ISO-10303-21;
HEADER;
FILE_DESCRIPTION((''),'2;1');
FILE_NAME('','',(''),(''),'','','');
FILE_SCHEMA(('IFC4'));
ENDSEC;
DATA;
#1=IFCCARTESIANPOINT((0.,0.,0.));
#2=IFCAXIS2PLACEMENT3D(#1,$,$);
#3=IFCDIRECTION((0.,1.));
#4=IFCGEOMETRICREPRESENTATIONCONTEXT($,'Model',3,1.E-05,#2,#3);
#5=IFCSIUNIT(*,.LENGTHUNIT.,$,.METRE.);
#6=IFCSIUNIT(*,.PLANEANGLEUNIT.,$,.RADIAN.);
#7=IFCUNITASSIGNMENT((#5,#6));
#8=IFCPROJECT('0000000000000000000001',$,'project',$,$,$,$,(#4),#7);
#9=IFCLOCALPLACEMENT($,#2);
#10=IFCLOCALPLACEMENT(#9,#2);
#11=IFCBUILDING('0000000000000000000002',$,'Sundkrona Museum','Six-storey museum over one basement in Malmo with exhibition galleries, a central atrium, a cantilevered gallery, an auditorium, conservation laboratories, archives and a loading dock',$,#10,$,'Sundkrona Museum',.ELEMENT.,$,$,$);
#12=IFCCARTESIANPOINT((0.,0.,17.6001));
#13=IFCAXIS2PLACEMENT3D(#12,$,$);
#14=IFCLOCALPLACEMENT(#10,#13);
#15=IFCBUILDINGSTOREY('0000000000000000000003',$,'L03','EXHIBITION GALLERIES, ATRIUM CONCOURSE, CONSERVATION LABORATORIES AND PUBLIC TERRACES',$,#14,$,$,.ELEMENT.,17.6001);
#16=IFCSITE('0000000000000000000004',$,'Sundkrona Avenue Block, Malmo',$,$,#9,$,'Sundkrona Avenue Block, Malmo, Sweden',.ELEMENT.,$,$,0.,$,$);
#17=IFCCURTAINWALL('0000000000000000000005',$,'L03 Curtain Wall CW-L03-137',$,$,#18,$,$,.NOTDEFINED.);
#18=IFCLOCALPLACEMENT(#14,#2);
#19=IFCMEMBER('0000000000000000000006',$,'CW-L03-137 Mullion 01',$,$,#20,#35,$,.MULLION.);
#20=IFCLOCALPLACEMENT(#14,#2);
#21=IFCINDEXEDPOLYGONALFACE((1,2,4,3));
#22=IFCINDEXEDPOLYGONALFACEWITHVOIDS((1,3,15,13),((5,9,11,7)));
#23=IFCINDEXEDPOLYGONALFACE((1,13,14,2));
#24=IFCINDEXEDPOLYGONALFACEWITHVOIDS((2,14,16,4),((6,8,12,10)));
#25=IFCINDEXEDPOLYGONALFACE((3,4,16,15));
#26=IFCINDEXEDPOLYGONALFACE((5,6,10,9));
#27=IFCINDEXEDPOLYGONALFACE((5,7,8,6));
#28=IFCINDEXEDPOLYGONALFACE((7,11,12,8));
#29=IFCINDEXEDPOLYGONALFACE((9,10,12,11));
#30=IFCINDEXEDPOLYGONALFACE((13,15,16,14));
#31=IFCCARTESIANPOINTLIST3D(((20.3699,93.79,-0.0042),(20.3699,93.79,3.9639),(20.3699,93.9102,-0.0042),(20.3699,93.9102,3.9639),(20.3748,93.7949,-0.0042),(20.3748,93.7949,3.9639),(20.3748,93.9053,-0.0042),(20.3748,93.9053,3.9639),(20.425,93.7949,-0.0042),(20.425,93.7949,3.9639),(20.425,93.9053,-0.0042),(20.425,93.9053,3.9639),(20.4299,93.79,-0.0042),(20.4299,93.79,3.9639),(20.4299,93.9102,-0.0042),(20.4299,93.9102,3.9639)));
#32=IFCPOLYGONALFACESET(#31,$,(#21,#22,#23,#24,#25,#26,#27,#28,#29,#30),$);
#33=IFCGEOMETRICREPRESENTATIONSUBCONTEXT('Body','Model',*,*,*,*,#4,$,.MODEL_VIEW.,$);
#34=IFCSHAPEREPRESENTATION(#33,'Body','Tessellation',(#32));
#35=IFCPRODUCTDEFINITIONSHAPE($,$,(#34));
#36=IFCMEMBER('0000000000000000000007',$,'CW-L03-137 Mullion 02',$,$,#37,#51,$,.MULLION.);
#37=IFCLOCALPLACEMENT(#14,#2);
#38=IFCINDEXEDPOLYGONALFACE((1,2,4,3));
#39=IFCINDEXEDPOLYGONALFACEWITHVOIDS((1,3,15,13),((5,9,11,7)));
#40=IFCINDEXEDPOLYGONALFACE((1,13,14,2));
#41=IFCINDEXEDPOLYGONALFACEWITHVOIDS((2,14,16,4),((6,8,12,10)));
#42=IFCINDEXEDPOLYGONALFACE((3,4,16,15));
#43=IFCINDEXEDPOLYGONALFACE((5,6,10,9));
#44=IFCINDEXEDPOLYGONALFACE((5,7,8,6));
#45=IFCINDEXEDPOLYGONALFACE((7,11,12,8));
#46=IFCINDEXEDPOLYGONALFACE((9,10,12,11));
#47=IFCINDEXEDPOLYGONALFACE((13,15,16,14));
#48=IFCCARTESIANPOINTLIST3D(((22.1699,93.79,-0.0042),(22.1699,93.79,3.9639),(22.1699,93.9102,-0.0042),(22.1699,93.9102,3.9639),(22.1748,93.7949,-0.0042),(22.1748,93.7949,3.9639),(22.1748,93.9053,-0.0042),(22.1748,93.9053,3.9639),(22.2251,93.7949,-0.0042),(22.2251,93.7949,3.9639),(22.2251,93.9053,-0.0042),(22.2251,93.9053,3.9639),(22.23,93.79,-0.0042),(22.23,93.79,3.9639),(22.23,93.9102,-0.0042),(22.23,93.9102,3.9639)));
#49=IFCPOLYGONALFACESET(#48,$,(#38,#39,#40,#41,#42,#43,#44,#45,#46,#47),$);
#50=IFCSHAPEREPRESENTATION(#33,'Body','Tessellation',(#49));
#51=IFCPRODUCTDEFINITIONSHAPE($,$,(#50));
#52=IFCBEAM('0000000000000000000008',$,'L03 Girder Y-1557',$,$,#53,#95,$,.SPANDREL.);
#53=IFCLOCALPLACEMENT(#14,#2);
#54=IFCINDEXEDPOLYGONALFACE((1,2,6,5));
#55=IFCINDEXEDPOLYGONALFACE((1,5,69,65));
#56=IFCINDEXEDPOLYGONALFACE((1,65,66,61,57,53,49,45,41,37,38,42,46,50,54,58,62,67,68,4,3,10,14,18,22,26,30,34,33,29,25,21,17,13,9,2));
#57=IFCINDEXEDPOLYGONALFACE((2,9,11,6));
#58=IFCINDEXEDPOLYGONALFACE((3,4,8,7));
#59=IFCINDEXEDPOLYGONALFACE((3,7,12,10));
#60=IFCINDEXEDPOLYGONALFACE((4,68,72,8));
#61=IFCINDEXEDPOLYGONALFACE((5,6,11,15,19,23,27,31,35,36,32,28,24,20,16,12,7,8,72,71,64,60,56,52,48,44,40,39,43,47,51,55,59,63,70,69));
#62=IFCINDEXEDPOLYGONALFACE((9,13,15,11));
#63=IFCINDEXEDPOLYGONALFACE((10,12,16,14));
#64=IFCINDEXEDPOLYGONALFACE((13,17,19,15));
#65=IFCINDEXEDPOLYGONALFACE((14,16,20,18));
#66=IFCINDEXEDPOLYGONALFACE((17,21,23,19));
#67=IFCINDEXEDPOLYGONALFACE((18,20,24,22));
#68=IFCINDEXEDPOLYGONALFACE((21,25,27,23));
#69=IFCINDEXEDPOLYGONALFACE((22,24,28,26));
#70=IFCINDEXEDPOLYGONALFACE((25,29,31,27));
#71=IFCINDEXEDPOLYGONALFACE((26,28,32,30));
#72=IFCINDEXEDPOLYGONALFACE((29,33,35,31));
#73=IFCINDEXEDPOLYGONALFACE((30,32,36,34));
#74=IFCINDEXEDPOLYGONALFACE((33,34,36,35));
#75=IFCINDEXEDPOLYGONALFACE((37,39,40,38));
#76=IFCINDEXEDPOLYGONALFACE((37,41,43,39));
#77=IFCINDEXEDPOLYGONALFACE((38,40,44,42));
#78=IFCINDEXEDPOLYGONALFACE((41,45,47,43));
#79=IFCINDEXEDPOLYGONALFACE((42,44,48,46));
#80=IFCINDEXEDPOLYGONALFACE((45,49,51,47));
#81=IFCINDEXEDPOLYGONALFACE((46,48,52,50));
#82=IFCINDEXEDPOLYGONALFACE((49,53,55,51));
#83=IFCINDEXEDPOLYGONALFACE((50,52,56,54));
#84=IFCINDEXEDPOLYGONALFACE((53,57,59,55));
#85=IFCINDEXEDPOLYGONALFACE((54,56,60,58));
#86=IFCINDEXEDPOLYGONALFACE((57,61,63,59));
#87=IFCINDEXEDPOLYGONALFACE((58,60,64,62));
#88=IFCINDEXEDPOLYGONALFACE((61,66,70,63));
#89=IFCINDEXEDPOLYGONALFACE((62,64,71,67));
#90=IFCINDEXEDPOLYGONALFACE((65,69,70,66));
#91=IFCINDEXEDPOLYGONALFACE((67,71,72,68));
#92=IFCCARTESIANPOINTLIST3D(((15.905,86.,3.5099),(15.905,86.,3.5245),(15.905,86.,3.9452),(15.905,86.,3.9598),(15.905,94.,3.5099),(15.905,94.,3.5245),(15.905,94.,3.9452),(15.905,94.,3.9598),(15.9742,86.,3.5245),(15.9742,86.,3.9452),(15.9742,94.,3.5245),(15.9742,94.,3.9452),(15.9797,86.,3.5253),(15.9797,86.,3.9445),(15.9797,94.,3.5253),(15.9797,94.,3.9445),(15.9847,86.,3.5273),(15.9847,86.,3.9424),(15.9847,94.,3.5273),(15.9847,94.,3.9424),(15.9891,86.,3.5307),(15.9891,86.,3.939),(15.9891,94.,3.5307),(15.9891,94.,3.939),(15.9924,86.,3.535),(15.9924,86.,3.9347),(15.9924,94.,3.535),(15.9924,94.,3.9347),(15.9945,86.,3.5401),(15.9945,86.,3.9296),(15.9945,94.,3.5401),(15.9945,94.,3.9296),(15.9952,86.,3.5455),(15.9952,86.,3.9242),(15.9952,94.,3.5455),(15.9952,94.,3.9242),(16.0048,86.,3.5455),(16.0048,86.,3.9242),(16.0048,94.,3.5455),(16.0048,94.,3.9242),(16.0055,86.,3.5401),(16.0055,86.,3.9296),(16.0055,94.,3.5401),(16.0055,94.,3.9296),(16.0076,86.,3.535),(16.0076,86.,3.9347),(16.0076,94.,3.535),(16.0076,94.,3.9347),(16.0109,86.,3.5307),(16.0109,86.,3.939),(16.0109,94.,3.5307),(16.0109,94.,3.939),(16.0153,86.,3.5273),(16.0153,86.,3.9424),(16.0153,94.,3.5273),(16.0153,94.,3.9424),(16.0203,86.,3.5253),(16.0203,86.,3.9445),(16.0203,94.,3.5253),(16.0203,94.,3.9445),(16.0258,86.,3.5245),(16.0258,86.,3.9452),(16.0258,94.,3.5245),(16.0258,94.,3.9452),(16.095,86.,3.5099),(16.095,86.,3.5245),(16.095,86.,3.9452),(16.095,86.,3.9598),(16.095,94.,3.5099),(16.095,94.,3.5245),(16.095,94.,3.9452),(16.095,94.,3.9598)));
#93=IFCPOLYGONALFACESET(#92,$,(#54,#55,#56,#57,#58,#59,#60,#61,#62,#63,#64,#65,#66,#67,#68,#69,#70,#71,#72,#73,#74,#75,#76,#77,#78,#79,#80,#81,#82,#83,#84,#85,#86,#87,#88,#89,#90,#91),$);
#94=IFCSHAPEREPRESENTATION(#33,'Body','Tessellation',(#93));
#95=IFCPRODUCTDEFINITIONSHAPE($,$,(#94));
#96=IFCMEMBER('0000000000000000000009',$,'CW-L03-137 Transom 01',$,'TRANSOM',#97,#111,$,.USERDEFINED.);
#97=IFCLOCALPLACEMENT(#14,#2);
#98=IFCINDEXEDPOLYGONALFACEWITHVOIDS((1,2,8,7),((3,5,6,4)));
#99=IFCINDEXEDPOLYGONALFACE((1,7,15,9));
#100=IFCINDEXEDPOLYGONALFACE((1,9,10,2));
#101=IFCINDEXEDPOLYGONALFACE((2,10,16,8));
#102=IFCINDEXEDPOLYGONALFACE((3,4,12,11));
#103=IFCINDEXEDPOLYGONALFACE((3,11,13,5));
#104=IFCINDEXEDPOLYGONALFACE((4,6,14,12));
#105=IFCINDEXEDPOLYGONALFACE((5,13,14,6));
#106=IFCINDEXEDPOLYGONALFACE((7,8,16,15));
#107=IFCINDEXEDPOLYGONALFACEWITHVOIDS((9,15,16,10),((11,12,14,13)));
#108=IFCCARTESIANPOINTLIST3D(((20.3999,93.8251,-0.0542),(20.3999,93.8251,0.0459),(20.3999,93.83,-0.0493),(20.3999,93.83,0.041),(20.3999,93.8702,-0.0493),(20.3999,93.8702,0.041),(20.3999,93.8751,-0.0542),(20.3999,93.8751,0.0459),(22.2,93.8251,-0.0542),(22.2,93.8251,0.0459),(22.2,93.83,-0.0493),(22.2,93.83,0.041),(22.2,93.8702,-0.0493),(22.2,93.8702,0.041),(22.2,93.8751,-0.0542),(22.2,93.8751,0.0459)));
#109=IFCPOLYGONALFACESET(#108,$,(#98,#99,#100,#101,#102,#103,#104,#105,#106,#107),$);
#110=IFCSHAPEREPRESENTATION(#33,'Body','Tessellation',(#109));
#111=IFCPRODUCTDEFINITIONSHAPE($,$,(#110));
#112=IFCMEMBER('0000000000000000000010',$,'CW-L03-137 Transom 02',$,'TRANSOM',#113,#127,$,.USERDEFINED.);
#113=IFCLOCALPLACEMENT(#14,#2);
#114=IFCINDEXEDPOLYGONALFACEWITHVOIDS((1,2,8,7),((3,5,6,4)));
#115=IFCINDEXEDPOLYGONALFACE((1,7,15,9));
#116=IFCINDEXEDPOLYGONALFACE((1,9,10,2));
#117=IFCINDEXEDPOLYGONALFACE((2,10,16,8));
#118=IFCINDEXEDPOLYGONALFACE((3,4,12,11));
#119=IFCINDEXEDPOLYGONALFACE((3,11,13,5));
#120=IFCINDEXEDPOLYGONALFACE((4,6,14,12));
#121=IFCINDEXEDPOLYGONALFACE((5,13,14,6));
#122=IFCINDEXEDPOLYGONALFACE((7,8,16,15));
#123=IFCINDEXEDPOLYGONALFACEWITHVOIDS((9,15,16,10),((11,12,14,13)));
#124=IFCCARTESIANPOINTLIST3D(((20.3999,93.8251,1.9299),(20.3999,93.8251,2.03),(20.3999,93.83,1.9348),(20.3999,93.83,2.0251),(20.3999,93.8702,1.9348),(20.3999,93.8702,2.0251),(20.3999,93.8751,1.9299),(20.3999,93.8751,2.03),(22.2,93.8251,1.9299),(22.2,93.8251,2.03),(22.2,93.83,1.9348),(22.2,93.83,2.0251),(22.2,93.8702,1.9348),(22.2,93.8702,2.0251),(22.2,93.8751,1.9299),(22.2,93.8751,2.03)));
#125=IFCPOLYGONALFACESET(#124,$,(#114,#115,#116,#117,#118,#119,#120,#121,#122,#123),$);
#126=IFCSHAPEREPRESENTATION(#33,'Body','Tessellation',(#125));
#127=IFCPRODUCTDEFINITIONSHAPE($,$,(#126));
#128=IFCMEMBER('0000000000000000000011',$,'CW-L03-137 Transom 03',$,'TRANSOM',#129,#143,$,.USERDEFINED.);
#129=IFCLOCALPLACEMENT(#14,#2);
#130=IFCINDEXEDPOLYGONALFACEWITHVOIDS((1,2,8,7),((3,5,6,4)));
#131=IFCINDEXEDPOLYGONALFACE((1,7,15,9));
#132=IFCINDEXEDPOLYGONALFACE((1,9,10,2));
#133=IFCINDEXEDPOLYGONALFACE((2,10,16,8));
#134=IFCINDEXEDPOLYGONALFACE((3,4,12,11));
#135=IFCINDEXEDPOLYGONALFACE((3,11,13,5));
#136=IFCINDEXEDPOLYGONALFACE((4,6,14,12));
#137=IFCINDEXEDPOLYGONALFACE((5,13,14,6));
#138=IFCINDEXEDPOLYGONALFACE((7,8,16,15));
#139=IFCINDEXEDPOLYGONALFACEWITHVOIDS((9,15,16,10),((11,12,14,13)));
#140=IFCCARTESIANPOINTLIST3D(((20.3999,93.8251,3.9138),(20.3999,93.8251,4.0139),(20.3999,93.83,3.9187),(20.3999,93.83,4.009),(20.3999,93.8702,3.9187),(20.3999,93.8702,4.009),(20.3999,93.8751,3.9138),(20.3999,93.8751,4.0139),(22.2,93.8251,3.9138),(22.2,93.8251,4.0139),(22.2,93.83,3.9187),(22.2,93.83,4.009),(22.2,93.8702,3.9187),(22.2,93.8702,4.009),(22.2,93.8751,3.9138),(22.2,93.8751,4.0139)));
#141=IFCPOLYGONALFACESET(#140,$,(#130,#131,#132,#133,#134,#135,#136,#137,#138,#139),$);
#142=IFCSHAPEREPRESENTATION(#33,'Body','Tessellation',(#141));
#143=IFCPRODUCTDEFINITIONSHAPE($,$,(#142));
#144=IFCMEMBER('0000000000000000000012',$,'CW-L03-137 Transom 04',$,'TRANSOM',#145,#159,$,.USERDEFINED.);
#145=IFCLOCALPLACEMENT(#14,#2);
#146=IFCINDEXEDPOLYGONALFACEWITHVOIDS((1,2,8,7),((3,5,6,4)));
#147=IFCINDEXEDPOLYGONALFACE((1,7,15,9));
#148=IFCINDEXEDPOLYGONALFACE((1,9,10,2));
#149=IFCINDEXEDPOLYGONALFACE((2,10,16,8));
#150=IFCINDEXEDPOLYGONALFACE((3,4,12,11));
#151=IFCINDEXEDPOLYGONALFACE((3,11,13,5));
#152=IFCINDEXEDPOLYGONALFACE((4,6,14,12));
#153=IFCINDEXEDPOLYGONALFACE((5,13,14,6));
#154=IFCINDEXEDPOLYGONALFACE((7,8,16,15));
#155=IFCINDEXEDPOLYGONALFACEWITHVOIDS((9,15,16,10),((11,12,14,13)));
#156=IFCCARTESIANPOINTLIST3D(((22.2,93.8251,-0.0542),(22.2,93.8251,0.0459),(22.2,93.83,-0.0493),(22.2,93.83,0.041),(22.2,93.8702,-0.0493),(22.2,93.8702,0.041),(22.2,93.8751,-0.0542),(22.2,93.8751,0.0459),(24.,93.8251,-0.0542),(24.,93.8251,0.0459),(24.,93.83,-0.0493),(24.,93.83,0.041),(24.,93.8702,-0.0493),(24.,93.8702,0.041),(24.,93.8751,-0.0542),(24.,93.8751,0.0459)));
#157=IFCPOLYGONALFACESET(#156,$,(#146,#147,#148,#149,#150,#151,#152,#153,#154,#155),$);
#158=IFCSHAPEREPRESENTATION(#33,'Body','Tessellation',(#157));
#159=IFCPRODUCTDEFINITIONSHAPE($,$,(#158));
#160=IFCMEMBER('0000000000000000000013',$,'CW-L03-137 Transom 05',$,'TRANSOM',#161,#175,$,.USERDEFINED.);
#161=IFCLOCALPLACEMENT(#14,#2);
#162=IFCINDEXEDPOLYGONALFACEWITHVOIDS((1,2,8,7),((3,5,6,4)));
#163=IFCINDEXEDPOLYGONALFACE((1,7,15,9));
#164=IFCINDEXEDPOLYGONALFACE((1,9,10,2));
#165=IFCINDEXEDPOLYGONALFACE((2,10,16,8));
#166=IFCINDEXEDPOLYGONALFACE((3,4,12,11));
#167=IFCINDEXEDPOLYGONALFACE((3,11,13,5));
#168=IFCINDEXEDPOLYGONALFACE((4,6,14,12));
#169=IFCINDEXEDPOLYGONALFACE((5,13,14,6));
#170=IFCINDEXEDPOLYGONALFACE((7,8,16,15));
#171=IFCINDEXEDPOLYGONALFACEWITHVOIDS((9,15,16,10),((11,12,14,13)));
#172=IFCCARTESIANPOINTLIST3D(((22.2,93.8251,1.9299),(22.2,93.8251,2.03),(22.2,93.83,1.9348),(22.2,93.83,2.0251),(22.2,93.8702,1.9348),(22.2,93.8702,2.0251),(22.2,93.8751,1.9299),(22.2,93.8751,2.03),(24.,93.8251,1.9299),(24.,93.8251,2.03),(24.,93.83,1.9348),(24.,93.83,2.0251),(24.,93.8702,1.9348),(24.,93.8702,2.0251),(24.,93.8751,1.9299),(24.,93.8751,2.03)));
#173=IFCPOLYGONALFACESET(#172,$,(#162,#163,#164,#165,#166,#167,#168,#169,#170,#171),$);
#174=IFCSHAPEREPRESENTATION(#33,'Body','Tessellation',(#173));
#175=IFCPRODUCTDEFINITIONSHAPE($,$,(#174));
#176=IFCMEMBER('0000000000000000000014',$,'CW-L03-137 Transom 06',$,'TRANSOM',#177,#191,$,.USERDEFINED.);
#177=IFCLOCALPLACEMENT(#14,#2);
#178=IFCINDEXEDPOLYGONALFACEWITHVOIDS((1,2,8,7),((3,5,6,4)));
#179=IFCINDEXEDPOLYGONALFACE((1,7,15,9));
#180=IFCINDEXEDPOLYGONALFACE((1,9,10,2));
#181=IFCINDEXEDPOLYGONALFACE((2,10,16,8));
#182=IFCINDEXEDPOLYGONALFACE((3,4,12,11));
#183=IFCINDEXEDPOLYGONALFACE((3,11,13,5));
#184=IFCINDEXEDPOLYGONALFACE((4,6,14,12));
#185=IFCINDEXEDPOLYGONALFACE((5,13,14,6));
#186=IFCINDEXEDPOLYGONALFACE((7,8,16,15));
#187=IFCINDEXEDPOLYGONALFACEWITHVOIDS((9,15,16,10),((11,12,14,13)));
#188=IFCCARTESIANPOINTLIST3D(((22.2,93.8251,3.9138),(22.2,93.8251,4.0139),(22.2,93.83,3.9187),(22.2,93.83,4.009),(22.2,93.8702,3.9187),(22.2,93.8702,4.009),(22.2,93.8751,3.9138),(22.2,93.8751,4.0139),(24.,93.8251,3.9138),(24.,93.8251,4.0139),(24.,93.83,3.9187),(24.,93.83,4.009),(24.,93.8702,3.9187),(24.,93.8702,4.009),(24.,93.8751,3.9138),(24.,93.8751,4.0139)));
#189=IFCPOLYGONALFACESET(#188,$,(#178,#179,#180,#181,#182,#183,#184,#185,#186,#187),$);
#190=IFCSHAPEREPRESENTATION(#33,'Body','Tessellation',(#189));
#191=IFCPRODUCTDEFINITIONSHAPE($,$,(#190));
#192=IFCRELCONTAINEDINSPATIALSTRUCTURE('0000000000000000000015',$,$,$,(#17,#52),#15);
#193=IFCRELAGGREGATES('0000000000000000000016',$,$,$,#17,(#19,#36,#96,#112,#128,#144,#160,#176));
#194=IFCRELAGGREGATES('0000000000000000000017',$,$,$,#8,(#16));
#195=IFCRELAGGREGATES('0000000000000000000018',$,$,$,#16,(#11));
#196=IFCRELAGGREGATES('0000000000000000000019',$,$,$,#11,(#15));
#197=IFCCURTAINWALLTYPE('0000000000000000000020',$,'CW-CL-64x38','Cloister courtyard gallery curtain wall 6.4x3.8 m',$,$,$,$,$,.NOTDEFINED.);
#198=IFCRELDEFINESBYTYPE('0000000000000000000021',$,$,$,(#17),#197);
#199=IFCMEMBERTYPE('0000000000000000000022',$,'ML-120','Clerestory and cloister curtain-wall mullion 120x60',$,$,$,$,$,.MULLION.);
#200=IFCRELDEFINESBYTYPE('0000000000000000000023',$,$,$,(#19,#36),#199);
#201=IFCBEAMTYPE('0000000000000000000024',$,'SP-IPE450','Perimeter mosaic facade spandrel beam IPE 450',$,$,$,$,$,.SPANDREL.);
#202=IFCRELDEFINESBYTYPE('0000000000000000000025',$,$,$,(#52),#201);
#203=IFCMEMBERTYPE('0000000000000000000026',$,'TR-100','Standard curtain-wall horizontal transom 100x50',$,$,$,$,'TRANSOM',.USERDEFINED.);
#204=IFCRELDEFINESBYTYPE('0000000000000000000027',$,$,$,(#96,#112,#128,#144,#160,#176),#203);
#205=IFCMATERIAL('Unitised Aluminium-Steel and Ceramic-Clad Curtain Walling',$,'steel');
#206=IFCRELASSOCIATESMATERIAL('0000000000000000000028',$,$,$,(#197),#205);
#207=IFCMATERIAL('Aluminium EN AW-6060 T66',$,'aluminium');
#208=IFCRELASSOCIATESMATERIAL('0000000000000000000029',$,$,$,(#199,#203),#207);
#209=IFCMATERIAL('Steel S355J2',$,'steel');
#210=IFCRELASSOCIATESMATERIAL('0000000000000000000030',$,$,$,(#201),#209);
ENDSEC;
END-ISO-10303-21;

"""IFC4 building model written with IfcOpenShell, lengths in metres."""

from ifc_helpers import new_model, si_unit, direction, frame, origin, origin_2d, place, context, subcontext, project, spatial, hollow_rectangle, i_section, extrude, material, material_profile, profile_set, type_object, element, aggregate, save


model = new_model("IFC4")

# Units and contexts
model_context = context("Model", 3, precision=1e-05, world=origin(), true_north=direction((0.0, 1.0)))
body_context = subcontext(model_context, "Body", "Model", "MODEL_VIEW")
ifc_project = project(units=[si_unit("LENGTHUNIT", "METRE"), si_unit("PLANEANGLEUNIT", "RADIAN")], contexts=[model_context])

# Site, building, storey
site_placement = place(None, origin())
site = spatial("IfcSite", under=ifc_project, at=site_placement, Name="Sundkrona Avenue Block, Malmo", LongName="Sundkrona Avenue Block, Malmo, Sweden", CompositionType="ELEMENT", RefElevation=0.0)
building_placement = place(site_placement, origin())
building = spatial("IfcBuilding", under=site, at=building_placement, Name="Sundkrona Museum", Description="Six-storey museum over one basement in Malmo with exhibition galleries, a central atrium, a cantilevered gallery, an auditorium, conservation laboratories, archives and a loading dock", LongName="Sundkrona Museum", CompositionType="ELEMENT")
storey_placement = place(building_placement, frame((0.0, 0.0, 17.6001)))
storey = spatial("IfcBuildingStorey", under=building, at=storey_placement, Name="L03", Description="EXHIBITION GALLERIES, ATRIUM CONCOURSE, CONSERVATION LABORATORIES AND PUBLIC TERRACES", CompositionType="ELEMENT", Elevation=17.6001)

# Shared definitions
ifc_material_1 = material(Name="Steel S355J2", Category="steel")

# Curtain wall, members
ifc_material_2 = material(Name="Unitised Aluminium-Steel and Ceramic-Clad Curtain Walling", Category="steel")
curtain_wall_type = type_object("IfcCurtainWallType", Name="CW-CL-64x38", Description="Cloister courtyard gallery curtain wall 6.4x3.8 m", PredefinedType="NOTDEFINED", material=ifc_material_2)
curtain_wall_placement = place(storey_placement, origin())
curtain_wall = element("IfcCurtainWall", 1, at=curtain_wall_placement, inside=storey, type_object=curtain_wall_type, Name="L03 Curtain Wall CW-L03-137", PredefinedType="NOTDEFINED")
ifc_material_3 = material(Name="Aluminium EN AW-6060 T66", Category="aluminium")
ifc_material_profile_1 = material_profile(ifc_material_3, hollow_rectangle(XDim=0.0601, YDim=0.1201, WallThickness=0.0049, at=origin_2d()), Name="RHS 120x60x5.0")
ifc_profile_set_1 = profile_set([ifc_material_profile_1], Name="Aluminium EN AW-6060 T66")
member_type_1 = type_object("IfcMemberType", Name="ML-120", Description="Clerestory and cloister curtain-wall mullion 120x60", PredefinedType="MULLION", material=ifc_profile_set_1)
member_1_placement = place(storey_placement, frame((20.3999, 93.8501, -0.0042), z_axis=(0.0, 0.0, 1.0), x_axis=(1.0, 0.0, 0.0)))
member_1 = element("IfcMember", 2, at=member_1_placement, type_object=member_type_1, Name="CW-L03-137 Mullion 01", PredefinedType="MULLION", context=body_context, shape_type="SweptSolid", body=[
    extrude(hollow_rectangle(XDim=0.0601, YDim=0.1201, WallThickness=0.0049, at=origin_2d()), origin(), (0.0, 0.0, 1.0), 3.968),
])
member_2_placement = place(storey_placement, frame((22.2, 93.8501, -0.0042), z_axis=(0.0, 0.0, 1.0), x_axis=(1.0, 0.0, 0.0)))
member_2 = element("IfcMember", 3, at=member_2_placement, type_object=member_type_1, Name="CW-L03-137 Mullion 02", PredefinedType="MULLION", context=body_context, shape_type="SweptSolid", body=[
    extrude(hollow_rectangle(XDim=0.0601, YDim=0.1201, WallThickness=0.0049, at=origin_2d()), origin(), (0.0, 0.0, 1.0), 3.968),
])

# Beam
ifc_material_profile_2 = material_profile(ifc_material_1, i_section(OverallWidth=0.1899, OverallDepth=0.45, WebThickness=0.0095, FlangeThickness=0.0146, FilletRadius=0.021, at=origin_2d()), Name="IPE 450")
ifc_profile_set_2 = profile_set([ifc_material_profile_2], Name="Steel S355J2")
beam_type_1 = type_object("IfcBeamType", Name="SP-IPE450", Description="Perimeter mosaic facade spandrel beam IPE 450", PredefinedType="SPANDREL", material=ifc_profile_set_2)
beam_1_placement = place(storey_placement, frame((16.0, 86.0, 3.7349), z_axis=(0.0, 1.0, 0.0), x_axis=(-1.0, 0.0, 0.0)))
element("IfcBeam", 4, at=beam_1_placement, inside=storey, type_object=beam_type_1, Name="L03 Girder Y-1557", PredefinedType="SPANDREL", context=body_context, shape_type="SweptSolid", body=[
    extrude(i_section(OverallWidth=0.1899, OverallDepth=0.45, WebThickness=0.0095, FlangeThickness=0.0146, FilletRadius=0.021, at=origin_2d()), origin(), (0.0, 0.0, 1.0), 8.0),
])

# Members
ifc_material_profile_3 = material_profile(ifc_material_3, hollow_rectangle(XDim=0.05, YDim=0.1001, WallThickness=0.0049, at=origin_2d()), Name="RHS 100x50x5.0")
ifc_profile_set_3 = profile_set([ifc_material_profile_3], Name="Aluminium EN AW-6060 T66")
member_type_2 = type_object("IfcMemberType", Name="TR-100", Description="Standard curtain-wall horizontal transom 100x50", ElementType="TRANSOM", PredefinedType="USERDEFINED", material=ifc_profile_set_3)
member_3_placement = place(storey_placement, frame((20.3999, 93.8501, -0.0042), z_axis=(1.0, 0.0, 0.0), x_axis=(0.0, 1.0, 0.0)))
member_3 = element("IfcMember", 5, at=member_3_placement, type_object=member_type_2, Name="CW-L03-137 Transom 01", ObjectType="TRANSOM", PredefinedType="USERDEFINED", context=body_context, shape_type="SweptSolid", body=[
    extrude(hollow_rectangle(XDim=0.05, YDim=0.1001, WallThickness=0.0049, at=origin_2d()), origin(), (0.0, 0.0, 1.0), 1.8),
])
member_4_placement = place(storey_placement, frame((20.3999, 93.8501, 1.98), z_axis=(1.0, 0.0, 0.0), x_axis=(0.0, 1.0, 0.0)))
member_4 = element("IfcMember", 6, at=member_4_placement, type_object=member_type_2, Name="CW-L03-137 Transom 02", ObjectType="TRANSOM", PredefinedType="USERDEFINED", context=body_context, shape_type="SweptSolid", body=[
    extrude(hollow_rectangle(XDim=0.05, YDim=0.1001, WallThickness=0.0049, at=origin_2d()), origin(), (0.0, 0.0, 1.0), 1.8),
])
member_5_placement = place(storey_placement, frame((20.3999, 93.8501, 3.9639), z_axis=(1.0, 0.0, 0.0), x_axis=(0.0, 1.0, 0.0)))
member_5 = element("IfcMember", 7, at=member_5_placement, type_object=member_type_2, Name="CW-L03-137 Transom 03", ObjectType="TRANSOM", PredefinedType="USERDEFINED", context=body_context, shape_type="SweptSolid", body=[
    extrude(hollow_rectangle(XDim=0.05, YDim=0.1001, WallThickness=0.0049, at=origin_2d()), origin(), (0.0, 0.0, 1.0), 1.8),
])
member_6_placement = place(storey_placement, frame((22.2, 93.8501, -0.0042), z_axis=(1.0, 0.0, 0.0), x_axis=(0.0, 1.0, 0.0)))
member_6 = element("IfcMember", 8, at=member_6_placement, type_object=member_type_2, Name="CW-L03-137 Transom 04", ObjectType="TRANSOM", PredefinedType="USERDEFINED", context=body_context, shape_type="SweptSolid", body=[
    extrude(hollow_rectangle(XDim=0.05, YDim=0.1001, WallThickness=0.0049, at=origin_2d()), origin(), (0.0, 0.0, 1.0), 1.8),
])
member_7_placement = place(storey_placement, frame((22.2, 93.8501, 1.98), z_axis=(1.0, 0.0, 0.0), x_axis=(0.0, 1.0, 0.0)))
member_7 = element("IfcMember", 9, at=member_7_placement, type_object=member_type_2, Name="CW-L03-137 Transom 05", ObjectType="TRANSOM", PredefinedType="USERDEFINED", context=body_context, shape_type="SweptSolid", body=[
    extrude(hollow_rectangle(XDim=0.05, YDim=0.1001, WallThickness=0.0049, at=origin_2d()), origin(), (0.0, 0.0, 1.0), 1.8),
])
member_8_placement = place(storey_placement, frame((22.2, 93.8501, 3.9639), z_axis=(1.0, 0.0, 0.0), x_axis=(0.0, 1.0, 0.0)))
member_8 = element("IfcMember", 10, at=member_8_placement, type_object=member_type_2, Name="CW-L03-137 Transom 06", ObjectType="TRANSOM", PredefinedType="USERDEFINED", context=body_context, shape_type="SweptSolid", body=[
    extrude(hollow_rectangle(XDim=0.05, YDim=0.1001, WallThickness=0.0049, at=origin_2d()), origin(), (0.0, 0.0, 1.0), 1.8),
])

aggregate(curtain_wall, [member_1, member_2, member_3, member_4, member_5, member_6, member_7, member_8])

save(model, "model.ifc")
